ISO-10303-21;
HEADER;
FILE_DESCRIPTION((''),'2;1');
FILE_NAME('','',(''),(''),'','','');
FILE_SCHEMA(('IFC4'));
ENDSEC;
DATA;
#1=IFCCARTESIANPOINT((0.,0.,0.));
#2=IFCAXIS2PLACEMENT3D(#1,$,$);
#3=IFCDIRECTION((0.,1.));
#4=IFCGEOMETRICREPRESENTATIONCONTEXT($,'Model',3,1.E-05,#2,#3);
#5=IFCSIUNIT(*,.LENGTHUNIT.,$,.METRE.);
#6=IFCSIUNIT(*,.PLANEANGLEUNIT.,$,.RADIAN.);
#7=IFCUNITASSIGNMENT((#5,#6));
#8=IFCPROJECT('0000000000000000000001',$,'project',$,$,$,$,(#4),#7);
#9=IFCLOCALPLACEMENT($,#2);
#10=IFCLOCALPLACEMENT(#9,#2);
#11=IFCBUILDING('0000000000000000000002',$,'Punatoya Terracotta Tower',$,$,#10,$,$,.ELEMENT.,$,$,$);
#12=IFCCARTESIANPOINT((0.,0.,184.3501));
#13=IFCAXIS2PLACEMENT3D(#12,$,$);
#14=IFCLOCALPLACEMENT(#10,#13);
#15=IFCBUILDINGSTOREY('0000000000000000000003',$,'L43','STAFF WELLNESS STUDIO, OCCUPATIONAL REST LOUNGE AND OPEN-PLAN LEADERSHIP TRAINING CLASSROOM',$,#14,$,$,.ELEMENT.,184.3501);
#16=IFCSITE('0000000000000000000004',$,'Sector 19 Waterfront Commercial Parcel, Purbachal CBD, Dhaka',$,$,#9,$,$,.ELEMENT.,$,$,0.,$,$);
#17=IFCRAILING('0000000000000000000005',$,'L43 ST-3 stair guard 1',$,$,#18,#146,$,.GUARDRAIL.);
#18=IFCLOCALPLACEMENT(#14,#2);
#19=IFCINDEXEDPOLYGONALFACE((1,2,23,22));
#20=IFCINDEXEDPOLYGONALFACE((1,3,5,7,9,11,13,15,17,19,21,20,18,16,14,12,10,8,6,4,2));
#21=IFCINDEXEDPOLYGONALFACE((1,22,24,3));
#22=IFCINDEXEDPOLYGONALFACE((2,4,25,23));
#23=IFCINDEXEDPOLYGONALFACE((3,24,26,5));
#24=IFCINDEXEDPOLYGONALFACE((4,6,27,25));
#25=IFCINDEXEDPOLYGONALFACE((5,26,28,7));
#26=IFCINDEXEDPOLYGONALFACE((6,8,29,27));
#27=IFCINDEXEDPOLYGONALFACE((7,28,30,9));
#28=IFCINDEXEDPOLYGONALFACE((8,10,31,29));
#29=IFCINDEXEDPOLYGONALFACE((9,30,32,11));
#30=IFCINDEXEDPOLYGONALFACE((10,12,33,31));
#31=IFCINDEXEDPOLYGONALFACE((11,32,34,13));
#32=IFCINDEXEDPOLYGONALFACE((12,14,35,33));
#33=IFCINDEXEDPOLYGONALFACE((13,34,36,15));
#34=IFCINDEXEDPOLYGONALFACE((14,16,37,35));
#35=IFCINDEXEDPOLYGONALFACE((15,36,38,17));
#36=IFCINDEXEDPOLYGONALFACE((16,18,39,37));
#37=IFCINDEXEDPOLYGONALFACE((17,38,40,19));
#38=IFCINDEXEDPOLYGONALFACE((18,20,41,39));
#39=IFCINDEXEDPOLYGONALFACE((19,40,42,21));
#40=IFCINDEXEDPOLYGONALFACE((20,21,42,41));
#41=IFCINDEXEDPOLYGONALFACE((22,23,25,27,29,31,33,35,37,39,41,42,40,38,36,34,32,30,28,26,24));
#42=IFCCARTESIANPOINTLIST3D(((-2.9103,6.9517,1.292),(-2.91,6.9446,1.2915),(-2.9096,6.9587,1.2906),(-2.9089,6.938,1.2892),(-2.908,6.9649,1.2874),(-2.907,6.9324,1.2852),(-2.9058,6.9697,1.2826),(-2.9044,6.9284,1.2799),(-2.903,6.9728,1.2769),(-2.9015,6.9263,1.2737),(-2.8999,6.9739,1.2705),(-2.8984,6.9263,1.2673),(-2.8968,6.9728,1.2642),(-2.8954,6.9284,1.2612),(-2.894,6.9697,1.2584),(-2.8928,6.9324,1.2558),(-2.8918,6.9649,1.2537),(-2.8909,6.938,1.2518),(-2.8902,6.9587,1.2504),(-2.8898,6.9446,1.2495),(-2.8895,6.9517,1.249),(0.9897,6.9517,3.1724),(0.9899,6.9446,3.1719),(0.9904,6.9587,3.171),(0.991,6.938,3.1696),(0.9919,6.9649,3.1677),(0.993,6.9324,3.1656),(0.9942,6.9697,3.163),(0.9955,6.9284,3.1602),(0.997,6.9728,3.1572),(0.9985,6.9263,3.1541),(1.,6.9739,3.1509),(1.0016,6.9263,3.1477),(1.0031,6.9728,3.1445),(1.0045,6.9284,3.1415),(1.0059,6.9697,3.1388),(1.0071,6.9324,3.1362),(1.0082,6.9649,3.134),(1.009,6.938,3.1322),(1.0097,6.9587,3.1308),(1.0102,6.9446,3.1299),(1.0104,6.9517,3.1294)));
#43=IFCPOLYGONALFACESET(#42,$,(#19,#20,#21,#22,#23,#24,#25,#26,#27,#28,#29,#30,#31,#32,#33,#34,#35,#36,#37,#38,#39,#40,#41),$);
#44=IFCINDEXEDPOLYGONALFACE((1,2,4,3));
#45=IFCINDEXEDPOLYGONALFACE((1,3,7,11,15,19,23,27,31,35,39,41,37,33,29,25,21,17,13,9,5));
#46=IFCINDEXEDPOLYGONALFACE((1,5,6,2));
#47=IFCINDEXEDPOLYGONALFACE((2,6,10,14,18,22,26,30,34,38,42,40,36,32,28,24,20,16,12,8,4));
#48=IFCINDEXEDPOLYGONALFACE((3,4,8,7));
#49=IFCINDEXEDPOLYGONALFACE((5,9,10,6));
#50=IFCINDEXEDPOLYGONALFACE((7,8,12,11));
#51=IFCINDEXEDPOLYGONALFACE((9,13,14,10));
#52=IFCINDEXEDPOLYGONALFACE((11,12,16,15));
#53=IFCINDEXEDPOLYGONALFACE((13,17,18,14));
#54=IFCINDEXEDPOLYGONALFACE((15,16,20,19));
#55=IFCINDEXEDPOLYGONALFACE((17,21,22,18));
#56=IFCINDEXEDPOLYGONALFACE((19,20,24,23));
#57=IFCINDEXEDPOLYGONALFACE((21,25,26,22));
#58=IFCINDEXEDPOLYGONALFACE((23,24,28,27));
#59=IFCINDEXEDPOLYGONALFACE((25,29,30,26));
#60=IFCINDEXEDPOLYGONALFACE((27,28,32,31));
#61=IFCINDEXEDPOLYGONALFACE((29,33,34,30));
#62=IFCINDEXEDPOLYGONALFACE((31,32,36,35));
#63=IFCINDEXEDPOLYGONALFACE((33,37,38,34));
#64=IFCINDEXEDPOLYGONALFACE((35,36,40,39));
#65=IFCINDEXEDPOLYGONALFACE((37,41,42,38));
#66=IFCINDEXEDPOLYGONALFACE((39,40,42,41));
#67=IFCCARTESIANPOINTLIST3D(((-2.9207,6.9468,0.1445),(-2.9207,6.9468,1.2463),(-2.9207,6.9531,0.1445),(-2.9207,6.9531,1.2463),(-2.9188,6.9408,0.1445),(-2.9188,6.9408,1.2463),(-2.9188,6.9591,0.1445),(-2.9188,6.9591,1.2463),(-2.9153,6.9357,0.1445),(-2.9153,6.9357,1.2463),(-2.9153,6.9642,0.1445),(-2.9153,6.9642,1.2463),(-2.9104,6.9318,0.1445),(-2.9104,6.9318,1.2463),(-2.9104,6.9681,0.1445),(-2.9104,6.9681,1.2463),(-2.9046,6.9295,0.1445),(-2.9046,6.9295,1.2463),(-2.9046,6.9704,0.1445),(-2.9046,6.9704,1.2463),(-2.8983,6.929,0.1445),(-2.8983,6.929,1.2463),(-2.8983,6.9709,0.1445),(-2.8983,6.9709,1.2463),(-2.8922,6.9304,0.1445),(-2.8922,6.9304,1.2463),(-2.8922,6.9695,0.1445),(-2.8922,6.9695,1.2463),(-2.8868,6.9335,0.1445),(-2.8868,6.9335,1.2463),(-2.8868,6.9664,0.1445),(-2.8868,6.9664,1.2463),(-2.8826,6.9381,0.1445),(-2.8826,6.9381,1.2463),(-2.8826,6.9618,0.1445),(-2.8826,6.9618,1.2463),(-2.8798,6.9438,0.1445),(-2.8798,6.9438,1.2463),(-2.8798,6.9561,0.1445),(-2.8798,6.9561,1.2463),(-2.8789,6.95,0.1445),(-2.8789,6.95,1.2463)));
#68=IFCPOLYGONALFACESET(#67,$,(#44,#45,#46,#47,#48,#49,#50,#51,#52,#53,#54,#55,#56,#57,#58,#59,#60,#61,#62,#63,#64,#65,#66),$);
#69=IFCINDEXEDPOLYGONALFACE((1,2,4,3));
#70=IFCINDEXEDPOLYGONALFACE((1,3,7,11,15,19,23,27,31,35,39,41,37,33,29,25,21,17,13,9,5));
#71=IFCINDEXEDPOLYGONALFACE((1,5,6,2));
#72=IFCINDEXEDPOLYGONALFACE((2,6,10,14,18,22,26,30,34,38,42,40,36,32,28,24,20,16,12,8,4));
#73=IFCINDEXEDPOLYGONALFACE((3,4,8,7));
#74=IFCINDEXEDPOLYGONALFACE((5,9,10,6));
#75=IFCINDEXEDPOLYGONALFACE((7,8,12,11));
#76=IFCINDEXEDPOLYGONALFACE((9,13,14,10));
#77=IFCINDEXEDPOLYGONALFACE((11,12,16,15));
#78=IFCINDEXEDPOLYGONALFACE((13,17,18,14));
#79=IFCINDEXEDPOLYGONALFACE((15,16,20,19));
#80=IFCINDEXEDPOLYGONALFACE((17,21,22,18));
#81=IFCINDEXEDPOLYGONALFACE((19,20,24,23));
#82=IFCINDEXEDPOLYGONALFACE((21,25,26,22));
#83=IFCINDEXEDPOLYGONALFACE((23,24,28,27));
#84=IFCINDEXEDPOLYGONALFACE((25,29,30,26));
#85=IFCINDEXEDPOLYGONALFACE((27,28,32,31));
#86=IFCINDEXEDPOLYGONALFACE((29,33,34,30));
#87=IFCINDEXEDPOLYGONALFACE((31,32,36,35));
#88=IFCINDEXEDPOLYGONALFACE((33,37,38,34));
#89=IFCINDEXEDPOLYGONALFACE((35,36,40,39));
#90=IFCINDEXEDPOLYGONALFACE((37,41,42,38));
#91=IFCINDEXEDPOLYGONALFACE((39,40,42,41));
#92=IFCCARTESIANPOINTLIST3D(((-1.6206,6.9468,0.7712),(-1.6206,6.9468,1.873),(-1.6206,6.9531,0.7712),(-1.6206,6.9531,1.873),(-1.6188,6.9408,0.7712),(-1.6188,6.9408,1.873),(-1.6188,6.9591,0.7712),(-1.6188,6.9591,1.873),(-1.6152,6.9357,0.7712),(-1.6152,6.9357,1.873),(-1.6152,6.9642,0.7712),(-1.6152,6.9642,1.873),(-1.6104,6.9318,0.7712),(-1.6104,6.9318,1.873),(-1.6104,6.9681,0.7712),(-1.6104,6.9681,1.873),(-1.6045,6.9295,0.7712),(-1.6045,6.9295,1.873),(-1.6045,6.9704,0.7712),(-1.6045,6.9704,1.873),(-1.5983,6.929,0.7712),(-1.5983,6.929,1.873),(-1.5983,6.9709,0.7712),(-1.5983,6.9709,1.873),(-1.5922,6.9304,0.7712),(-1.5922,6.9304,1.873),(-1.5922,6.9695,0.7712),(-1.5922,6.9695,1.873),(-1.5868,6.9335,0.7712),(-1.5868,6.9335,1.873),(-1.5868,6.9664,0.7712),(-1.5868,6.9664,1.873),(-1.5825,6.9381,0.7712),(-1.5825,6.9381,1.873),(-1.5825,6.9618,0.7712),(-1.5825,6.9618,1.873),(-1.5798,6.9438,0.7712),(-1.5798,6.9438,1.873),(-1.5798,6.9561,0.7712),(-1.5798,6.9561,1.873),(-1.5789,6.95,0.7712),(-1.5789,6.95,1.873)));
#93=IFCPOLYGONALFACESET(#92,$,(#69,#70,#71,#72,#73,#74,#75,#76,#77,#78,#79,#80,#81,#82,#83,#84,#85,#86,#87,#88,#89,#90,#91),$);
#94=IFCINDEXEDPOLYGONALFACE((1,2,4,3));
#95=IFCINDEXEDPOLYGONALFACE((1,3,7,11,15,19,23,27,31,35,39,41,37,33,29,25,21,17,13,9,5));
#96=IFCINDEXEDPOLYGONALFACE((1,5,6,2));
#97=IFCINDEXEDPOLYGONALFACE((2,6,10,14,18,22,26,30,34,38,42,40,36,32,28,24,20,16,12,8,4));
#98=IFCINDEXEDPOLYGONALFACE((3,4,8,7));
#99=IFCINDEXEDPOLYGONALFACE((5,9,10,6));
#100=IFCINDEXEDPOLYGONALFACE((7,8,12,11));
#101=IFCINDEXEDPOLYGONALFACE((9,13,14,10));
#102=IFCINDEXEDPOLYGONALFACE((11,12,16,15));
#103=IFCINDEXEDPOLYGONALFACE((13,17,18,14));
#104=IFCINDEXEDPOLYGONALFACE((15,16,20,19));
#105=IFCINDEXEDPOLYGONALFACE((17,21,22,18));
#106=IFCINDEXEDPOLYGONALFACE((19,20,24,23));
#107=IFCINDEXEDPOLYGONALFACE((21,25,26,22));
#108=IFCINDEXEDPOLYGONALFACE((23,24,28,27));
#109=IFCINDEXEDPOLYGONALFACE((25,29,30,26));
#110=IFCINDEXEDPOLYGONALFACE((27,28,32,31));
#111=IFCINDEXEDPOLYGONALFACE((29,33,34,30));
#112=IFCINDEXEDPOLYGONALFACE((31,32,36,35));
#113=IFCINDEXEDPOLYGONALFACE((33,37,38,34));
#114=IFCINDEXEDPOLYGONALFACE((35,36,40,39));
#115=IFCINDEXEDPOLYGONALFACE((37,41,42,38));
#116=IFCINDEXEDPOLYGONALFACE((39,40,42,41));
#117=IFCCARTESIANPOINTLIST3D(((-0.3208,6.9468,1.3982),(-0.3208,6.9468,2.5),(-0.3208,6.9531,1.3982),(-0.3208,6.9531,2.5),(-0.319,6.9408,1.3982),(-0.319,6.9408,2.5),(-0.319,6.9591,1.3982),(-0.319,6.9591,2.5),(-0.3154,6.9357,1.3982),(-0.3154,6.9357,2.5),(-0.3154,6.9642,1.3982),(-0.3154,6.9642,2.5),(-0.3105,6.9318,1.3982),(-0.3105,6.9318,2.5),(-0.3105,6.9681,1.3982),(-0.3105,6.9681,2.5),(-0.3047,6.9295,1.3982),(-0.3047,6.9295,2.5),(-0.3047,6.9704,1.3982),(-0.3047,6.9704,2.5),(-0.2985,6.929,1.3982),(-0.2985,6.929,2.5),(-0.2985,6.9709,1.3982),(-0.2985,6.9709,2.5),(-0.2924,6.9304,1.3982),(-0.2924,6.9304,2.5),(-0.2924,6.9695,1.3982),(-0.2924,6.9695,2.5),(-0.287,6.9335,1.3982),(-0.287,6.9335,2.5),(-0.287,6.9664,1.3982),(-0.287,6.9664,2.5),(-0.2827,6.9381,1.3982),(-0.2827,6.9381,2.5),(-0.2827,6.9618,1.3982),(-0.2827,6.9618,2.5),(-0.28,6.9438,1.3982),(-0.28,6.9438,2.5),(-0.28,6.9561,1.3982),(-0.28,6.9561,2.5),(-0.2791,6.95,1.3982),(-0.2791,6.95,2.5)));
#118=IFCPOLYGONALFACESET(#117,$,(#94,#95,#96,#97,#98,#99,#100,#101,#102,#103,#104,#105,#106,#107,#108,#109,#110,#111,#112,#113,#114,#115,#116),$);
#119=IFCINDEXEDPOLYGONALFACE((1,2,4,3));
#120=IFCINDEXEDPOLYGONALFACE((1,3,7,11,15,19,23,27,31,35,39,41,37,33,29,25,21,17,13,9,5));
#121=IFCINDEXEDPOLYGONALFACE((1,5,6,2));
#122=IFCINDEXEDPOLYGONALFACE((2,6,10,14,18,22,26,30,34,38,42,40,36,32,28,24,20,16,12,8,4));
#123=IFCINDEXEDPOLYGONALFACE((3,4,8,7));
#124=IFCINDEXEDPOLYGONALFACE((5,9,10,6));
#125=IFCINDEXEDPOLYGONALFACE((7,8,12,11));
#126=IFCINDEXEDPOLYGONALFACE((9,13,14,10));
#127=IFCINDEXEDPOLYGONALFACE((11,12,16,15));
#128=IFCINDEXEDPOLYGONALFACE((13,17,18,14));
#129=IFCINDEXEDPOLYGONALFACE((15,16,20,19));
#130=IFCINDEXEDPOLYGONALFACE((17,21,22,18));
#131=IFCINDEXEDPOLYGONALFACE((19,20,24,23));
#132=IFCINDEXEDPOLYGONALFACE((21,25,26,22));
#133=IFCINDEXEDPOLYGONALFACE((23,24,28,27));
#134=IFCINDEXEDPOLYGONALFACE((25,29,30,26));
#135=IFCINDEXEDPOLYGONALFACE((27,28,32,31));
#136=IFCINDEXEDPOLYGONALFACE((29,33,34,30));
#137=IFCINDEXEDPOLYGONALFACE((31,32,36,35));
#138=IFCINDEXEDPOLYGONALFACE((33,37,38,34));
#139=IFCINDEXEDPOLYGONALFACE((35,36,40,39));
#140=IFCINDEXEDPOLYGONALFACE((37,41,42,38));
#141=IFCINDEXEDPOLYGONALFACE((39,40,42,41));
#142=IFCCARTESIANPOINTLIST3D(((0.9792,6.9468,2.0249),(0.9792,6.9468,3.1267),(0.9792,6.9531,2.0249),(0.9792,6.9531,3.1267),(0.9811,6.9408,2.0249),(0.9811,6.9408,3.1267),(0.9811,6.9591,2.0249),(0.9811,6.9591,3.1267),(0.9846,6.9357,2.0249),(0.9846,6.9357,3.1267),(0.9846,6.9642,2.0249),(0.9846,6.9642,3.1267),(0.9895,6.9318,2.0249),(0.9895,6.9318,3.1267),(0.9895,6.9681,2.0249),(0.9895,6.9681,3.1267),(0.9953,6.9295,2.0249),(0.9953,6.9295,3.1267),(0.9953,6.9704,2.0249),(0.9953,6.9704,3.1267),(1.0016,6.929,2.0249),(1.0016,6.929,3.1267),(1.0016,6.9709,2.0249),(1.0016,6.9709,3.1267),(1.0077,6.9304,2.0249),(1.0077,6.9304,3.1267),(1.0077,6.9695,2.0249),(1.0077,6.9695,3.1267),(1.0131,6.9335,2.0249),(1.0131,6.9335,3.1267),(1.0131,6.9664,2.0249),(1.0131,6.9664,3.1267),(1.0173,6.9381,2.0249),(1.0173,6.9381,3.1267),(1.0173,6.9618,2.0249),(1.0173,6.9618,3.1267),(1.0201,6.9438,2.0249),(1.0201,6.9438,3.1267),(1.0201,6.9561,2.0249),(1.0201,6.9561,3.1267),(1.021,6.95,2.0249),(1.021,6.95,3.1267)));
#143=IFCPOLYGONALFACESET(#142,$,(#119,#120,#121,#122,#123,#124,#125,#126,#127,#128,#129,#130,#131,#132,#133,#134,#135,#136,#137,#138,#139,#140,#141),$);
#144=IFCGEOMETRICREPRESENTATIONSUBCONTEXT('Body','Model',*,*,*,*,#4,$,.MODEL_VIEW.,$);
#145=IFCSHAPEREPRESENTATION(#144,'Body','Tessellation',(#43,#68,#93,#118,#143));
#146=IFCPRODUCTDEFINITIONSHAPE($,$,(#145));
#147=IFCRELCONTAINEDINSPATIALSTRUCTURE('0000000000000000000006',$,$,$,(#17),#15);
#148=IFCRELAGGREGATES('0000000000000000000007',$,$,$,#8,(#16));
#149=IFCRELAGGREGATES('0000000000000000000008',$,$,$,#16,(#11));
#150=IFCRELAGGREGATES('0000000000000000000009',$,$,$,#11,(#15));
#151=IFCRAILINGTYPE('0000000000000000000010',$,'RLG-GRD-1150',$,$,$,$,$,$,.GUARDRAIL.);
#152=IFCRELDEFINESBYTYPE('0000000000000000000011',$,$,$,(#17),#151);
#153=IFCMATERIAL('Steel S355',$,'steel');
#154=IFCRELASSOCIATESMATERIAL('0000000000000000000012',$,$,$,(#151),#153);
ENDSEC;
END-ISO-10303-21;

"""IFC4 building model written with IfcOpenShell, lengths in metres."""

from ifc_helpers import new_model, si_unit, direction, frame, origin, origin_2d, place, context, subcontext, project, spatial, circle, extrude, material, type_object, element, save


model = new_model("IFC4")

# Units and contexts
model_context = context("Model", 3, precision=1e-05, world=origin(), true_north=direction((0.0, 1.0)))
body_context = subcontext(model_context, "Body", "Model", "MODEL_VIEW")
ifc_project = project(units=[si_unit("LENGTHUNIT", "METRE"), si_unit("PLANEANGLEUNIT", "RADIAN")], contexts=[model_context])

# Site, building, storey
site_placement = place(None, origin())
site = spatial("IfcSite", under=ifc_project, at=site_placement, Name="Sector 19 Waterfront Commercial Parcel, Purbachal CBD, Dhaka", CompositionType="ELEMENT", RefElevation=0.0)
building_placement = place(site_placement, origin())
building = spatial("IfcBuilding", under=site, at=building_placement, Name="Punatoya Terracotta Tower", CompositionType="ELEMENT")
storey_placement = place(building_placement, frame((0.0, 0.0, 184.3501)))
storey = spatial("IfcBuildingStorey", under=building, at=storey_placement, Name="L43", Description="STAFF WELLNESS STUDIO, OCCUPATIONAL REST LOUNGE AND OPEN-PLAN LEADERSHIP TRAINING CLASSROOM", CompositionType="ELEMENT", Elevation=184.3501)

# Shared definitions
ifc_material_1 = material(Name="Steel S355", Category="steel")

# Railing
railing_type_1 = type_object("IfcRailingType", Name="RLG-GRD-1150", PredefinedType="GUARDRAIL", material=ifc_material_1)
railing_1_placement = place(storey_placement, frame((-2.8999, 6.95, 0.1445)))
element("IfcRailing", 1, at=railing_1_placement, inside=storey, type_object=railing_type_1, Name="L43 ST-3 stair guard 1", PredefinedType="GUARDRAIL", context=body_context, shape_type="SweptSolid", body=[
    extrude(circle(Radius=0.0239, at=origin_2d()), frame((0.0, 0.0, 1.126), z_axis=(0.900763, 0.0, 0.434311), x_axis=(0.0, 1.0, 0.0)), (0.0, 0.0, 1.0), 4.3296),
    extrude(circle(Radius=0.021, at=origin_2d()), origin(), (0.0, 0.0, 1.0), 1.1018),
    extrude(circle(Radius=0.021, at=origin_2d()), frame((1.3, 0.0, 0.6267)), (0.0, 0.0, 1.0), 1.1018),
    extrude(circle(Radius=0.021, at=origin_2d()), frame((2.5999, 0.0, 1.2537)), (0.0, 0.0, 1.0), 1.1018),
    extrude(circle(Radius=0.021, at=origin_2d()), frame((3.8999, 0.0, 1.8804)), (0.0, 0.0, 1.0), 1.1018),
])

save(model, "model.ifc")
